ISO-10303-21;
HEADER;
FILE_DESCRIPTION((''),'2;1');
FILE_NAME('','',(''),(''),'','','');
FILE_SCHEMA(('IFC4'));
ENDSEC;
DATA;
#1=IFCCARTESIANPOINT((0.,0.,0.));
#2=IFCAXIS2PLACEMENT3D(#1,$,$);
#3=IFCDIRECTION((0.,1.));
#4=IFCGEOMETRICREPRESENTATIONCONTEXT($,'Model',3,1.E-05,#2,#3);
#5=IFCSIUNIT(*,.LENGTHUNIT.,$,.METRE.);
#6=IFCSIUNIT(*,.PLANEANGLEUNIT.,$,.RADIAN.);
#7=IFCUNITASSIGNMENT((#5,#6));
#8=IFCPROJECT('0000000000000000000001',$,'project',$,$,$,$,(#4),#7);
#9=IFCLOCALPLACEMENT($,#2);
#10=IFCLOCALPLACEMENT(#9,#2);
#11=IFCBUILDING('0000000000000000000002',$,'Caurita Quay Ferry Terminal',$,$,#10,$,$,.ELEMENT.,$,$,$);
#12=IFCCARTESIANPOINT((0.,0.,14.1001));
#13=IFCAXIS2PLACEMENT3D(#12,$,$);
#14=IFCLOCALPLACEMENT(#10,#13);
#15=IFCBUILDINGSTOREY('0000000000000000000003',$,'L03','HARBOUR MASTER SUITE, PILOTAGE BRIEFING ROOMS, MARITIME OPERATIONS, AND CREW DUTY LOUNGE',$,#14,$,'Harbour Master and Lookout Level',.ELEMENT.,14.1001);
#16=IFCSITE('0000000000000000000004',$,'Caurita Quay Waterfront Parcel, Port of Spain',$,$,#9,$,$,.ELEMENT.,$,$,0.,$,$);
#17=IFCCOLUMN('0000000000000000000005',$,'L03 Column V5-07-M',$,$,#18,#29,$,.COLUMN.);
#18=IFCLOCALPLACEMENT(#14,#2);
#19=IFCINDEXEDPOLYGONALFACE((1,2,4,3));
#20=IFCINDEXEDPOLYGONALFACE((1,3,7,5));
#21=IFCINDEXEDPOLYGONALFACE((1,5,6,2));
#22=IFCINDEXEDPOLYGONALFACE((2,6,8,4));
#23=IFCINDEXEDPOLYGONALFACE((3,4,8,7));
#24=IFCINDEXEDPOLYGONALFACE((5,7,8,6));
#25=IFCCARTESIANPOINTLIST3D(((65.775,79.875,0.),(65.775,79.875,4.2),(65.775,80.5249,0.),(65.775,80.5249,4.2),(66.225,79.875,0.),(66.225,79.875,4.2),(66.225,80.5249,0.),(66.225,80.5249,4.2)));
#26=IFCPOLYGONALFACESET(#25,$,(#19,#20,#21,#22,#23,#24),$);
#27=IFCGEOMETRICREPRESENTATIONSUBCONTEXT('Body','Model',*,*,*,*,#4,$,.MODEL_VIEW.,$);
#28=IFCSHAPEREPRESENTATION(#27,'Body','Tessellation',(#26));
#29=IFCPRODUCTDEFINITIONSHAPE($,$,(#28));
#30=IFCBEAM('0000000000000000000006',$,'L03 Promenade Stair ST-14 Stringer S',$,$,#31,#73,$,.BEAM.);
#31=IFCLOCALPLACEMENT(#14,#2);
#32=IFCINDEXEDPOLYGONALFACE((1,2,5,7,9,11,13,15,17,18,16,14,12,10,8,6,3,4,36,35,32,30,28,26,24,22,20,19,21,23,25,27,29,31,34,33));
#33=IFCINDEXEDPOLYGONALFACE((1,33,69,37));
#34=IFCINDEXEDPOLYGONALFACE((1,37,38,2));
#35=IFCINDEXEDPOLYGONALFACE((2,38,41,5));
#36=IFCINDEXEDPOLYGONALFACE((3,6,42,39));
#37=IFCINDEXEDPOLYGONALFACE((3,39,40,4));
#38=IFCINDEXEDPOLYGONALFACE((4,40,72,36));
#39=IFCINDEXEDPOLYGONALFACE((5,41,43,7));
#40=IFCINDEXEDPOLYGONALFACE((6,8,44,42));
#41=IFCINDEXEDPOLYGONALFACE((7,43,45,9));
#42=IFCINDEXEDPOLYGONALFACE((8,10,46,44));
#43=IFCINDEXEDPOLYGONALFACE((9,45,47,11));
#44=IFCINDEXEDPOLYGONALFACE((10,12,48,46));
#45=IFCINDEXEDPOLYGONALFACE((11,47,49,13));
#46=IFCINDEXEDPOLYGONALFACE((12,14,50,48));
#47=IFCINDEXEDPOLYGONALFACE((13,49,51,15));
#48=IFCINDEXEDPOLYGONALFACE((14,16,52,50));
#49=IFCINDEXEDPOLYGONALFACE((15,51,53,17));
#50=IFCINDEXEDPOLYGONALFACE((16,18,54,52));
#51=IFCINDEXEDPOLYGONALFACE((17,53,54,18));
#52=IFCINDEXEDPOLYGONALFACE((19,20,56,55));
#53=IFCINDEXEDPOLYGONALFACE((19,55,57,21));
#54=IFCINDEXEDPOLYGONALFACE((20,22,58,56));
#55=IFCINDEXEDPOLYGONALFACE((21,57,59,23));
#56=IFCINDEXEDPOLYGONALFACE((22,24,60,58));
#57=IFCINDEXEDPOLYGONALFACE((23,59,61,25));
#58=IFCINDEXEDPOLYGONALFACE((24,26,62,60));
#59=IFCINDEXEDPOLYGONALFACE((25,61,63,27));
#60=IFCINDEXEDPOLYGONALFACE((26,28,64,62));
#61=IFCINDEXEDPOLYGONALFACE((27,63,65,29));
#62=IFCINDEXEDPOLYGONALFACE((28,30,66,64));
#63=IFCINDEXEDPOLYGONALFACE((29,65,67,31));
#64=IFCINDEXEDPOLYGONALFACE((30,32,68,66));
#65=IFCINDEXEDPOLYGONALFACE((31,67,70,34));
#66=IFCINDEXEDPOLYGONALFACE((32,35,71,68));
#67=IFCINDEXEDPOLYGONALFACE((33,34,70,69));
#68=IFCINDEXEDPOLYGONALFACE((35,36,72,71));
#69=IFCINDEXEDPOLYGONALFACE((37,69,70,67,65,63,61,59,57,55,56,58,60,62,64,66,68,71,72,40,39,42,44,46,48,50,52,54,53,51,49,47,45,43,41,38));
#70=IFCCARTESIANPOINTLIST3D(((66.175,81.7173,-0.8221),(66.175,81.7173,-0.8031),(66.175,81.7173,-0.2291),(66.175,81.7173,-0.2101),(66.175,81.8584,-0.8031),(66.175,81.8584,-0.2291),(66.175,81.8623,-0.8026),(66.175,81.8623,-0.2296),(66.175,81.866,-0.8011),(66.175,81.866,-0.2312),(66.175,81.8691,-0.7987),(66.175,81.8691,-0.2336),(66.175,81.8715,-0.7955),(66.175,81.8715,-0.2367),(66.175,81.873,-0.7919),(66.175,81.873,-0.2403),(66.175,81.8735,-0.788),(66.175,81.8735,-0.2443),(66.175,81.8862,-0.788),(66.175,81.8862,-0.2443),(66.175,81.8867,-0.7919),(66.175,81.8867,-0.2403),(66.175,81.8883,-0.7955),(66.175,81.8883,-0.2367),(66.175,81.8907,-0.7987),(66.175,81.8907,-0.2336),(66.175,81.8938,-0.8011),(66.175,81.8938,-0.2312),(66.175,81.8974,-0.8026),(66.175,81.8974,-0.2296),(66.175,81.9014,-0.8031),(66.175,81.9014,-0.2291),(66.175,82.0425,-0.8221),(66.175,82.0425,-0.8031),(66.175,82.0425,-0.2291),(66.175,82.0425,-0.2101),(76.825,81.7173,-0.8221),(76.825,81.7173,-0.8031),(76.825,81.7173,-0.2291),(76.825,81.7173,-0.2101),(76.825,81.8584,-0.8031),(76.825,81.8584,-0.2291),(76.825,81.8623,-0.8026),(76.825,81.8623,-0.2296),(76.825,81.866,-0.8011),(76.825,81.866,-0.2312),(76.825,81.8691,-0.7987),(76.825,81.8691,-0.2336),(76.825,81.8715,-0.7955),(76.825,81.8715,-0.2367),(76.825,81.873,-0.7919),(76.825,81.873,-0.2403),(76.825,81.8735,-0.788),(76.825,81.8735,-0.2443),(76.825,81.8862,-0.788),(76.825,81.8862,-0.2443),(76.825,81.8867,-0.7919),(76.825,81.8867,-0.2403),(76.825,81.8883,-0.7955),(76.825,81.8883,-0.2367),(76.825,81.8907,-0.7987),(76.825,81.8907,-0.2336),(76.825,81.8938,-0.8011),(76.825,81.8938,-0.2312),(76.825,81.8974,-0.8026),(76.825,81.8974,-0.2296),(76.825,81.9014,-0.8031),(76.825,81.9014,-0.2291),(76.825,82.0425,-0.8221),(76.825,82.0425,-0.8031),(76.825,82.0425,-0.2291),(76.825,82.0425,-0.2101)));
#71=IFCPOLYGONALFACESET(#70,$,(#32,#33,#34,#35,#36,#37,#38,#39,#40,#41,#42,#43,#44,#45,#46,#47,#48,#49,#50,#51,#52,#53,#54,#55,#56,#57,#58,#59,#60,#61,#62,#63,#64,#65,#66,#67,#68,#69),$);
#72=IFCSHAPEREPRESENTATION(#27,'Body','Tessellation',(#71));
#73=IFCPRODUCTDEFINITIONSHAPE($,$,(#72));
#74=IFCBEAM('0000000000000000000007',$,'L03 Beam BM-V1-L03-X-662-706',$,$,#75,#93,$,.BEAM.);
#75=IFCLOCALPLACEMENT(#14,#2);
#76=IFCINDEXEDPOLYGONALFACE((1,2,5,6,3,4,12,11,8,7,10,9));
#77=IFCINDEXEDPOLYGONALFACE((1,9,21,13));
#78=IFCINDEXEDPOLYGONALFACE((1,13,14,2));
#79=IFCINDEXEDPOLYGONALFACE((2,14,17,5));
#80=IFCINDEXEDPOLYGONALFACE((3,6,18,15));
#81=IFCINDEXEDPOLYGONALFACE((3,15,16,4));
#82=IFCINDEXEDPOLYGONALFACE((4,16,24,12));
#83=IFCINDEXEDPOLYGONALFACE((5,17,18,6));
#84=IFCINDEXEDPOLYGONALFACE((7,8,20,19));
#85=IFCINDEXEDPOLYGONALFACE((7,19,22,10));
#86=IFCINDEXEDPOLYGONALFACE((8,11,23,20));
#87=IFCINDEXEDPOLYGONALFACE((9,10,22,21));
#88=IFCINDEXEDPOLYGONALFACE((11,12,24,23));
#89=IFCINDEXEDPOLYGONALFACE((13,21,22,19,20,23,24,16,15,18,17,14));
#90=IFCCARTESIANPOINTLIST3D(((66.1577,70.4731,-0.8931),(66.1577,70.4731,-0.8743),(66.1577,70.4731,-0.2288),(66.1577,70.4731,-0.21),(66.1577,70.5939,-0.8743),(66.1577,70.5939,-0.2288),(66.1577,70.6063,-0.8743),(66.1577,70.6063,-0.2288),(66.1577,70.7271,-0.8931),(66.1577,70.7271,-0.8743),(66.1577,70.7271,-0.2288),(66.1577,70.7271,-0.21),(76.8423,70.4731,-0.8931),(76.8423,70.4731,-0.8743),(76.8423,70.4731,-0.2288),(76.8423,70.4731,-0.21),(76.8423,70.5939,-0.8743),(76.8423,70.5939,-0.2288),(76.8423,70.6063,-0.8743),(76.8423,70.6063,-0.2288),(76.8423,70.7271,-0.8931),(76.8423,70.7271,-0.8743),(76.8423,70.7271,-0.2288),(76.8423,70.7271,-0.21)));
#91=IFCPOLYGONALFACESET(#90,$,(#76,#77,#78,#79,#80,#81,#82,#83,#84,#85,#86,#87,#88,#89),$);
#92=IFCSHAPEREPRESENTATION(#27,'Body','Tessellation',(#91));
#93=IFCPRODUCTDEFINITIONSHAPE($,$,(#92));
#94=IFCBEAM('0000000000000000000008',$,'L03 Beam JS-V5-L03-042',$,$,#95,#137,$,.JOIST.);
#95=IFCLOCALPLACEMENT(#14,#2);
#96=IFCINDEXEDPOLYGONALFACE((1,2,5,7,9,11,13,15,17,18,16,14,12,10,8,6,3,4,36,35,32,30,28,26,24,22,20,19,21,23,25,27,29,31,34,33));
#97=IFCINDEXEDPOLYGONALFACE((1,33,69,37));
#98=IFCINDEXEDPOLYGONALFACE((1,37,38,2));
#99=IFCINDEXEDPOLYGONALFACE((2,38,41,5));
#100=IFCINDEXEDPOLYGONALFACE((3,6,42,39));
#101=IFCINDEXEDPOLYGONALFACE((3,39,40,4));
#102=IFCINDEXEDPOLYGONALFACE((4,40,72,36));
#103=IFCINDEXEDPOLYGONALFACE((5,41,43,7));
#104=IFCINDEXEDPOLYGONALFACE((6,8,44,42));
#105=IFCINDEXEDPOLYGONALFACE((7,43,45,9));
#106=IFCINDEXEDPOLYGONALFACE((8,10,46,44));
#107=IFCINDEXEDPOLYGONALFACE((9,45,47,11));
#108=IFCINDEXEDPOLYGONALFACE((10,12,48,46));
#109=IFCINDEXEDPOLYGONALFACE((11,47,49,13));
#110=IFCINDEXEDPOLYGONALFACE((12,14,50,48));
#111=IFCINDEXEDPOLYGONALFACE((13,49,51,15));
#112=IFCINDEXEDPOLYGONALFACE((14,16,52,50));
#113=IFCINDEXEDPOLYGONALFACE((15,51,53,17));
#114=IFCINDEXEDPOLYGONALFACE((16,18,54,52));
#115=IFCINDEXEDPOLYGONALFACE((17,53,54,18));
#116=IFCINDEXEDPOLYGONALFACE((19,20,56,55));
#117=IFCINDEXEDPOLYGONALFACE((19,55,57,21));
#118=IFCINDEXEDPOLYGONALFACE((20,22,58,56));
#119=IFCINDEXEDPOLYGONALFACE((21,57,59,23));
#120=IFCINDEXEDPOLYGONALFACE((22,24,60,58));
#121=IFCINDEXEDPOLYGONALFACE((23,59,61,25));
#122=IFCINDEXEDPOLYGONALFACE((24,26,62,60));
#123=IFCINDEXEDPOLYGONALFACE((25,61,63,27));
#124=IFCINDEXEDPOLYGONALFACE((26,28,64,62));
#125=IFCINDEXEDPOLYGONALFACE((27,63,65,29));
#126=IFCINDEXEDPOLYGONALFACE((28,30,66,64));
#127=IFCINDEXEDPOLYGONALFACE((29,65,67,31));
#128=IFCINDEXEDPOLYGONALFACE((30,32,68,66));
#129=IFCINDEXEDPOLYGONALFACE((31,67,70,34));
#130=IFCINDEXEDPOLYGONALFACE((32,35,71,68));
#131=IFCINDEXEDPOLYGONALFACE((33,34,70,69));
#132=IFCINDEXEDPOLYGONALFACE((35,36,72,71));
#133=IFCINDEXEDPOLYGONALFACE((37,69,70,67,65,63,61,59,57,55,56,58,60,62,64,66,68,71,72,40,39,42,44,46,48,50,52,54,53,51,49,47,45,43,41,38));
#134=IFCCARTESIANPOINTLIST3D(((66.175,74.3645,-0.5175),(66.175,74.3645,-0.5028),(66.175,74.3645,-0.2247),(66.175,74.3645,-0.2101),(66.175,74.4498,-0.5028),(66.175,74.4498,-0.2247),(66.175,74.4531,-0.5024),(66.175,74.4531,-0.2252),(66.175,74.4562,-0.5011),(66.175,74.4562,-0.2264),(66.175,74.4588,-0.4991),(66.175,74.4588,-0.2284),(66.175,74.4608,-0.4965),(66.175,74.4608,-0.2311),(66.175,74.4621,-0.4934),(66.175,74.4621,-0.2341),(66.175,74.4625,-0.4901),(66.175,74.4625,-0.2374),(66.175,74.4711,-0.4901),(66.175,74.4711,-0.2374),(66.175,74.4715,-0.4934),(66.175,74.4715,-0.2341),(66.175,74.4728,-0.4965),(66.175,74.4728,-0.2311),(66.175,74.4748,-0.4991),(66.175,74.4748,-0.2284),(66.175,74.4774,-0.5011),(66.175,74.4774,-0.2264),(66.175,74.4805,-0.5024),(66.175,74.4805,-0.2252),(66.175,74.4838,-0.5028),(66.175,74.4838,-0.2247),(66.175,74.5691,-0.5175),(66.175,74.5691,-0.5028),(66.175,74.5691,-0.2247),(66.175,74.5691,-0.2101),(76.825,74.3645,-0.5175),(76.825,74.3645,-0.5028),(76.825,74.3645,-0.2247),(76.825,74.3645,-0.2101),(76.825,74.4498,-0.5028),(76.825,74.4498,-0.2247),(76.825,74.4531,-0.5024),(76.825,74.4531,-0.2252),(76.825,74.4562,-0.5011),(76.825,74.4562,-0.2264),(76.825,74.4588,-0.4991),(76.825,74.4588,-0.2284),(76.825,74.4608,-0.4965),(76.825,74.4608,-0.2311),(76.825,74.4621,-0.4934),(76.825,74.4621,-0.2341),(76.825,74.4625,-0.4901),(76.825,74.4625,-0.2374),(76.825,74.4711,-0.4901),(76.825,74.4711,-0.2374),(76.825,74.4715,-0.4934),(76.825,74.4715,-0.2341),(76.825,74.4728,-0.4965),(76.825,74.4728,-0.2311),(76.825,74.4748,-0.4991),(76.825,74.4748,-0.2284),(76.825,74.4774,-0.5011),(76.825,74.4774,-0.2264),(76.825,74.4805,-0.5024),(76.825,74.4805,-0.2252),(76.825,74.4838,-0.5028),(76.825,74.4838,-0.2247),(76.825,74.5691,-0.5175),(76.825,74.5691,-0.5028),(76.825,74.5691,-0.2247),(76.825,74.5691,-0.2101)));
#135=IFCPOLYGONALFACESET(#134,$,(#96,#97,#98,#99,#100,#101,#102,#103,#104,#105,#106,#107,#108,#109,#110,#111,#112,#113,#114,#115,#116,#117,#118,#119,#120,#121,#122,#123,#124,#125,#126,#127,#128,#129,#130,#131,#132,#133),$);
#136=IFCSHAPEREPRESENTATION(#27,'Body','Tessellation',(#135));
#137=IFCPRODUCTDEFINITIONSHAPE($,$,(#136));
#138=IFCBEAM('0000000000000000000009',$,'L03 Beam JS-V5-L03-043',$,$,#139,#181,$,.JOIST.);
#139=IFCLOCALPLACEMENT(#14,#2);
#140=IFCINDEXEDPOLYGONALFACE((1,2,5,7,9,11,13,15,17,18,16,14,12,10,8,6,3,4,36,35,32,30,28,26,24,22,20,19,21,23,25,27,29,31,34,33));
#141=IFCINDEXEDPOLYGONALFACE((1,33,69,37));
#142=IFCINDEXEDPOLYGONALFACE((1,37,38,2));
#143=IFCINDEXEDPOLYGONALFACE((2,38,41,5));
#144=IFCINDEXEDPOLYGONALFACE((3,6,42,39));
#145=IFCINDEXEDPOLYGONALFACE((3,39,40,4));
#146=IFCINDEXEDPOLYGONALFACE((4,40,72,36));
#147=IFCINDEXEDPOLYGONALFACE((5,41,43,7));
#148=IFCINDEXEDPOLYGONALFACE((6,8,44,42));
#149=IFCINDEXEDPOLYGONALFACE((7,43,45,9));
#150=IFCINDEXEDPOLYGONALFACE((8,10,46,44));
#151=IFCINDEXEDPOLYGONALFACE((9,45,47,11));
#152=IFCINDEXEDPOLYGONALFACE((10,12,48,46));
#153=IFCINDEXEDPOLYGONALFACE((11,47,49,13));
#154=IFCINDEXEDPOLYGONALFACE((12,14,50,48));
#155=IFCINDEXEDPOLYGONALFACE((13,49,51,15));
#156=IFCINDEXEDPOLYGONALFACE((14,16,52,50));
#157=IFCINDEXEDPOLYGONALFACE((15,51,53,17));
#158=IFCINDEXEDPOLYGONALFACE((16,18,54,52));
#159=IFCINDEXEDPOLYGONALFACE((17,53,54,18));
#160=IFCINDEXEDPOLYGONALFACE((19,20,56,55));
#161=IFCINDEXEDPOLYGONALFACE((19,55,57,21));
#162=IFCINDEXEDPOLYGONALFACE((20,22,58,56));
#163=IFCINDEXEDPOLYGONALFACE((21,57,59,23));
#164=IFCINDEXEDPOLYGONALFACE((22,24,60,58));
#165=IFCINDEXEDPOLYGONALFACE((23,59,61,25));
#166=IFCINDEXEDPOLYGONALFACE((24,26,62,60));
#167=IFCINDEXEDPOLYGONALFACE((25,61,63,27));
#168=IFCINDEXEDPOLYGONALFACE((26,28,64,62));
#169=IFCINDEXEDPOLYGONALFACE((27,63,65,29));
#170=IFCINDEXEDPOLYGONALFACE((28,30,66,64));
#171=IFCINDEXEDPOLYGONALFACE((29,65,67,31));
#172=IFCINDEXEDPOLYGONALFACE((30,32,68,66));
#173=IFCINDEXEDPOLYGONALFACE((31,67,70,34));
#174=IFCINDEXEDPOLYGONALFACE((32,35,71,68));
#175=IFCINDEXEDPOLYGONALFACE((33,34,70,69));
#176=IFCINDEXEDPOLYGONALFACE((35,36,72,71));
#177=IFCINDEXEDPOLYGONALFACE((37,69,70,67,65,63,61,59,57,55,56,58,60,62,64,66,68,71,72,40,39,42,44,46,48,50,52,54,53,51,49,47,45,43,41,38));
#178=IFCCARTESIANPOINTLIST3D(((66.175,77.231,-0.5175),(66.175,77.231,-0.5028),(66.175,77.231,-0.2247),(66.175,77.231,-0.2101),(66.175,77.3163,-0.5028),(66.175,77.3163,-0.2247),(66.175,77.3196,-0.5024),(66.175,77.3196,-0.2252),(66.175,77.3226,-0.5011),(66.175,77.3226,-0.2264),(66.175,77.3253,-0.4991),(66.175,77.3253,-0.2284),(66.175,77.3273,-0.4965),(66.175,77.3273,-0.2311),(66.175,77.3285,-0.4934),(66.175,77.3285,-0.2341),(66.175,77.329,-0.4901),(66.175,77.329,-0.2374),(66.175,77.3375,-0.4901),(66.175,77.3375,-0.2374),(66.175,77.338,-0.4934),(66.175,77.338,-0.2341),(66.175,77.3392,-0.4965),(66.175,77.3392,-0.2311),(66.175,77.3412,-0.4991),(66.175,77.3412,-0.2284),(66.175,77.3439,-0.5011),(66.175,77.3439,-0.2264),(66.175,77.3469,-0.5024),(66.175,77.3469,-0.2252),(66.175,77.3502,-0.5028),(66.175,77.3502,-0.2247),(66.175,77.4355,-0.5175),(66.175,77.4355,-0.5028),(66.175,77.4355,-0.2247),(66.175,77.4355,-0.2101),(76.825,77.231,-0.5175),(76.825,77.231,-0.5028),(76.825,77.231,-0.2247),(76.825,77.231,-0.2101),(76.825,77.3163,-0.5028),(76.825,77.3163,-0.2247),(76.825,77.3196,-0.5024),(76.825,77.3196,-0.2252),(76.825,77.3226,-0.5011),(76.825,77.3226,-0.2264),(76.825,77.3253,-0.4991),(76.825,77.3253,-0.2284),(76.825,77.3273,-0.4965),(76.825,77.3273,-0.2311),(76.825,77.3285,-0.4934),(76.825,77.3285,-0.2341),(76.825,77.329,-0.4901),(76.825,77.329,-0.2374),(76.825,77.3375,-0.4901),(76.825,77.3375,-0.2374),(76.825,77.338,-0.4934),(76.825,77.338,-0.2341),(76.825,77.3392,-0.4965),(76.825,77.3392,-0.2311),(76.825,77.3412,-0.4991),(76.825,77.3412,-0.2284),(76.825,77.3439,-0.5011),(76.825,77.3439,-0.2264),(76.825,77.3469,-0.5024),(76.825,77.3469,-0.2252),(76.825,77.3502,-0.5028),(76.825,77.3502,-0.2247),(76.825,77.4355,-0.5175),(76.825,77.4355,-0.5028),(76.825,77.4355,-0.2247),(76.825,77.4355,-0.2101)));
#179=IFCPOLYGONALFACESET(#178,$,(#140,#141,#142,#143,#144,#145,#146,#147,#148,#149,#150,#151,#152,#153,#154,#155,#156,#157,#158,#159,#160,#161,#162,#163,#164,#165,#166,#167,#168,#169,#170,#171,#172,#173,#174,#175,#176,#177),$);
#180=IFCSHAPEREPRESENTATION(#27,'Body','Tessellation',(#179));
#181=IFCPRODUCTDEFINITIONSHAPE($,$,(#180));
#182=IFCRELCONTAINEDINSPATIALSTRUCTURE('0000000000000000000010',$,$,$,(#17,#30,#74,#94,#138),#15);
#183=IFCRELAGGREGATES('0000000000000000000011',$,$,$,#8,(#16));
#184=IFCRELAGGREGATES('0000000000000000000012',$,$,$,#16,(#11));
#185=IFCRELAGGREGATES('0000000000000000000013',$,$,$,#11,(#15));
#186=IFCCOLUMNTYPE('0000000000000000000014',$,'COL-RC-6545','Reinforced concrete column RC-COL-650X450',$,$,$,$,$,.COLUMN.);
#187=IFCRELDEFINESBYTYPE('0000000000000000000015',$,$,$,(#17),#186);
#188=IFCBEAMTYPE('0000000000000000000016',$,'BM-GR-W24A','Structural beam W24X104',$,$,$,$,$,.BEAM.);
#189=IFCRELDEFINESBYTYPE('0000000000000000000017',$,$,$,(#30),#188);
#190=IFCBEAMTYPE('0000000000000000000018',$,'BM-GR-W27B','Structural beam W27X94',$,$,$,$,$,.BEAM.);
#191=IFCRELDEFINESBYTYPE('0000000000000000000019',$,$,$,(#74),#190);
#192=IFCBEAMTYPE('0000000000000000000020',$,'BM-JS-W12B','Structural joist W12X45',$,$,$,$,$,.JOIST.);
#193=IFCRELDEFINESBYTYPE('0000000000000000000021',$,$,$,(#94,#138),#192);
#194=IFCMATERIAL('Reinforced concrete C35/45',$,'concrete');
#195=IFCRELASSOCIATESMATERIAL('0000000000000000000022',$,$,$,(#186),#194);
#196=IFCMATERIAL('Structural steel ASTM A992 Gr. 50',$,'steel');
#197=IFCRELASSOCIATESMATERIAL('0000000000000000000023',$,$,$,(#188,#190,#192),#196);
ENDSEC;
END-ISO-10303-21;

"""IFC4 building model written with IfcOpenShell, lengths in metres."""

from ifc_helpers import new_model, si_unit, direction, frame, origin, origin_2d, place, context, subcontext, project, spatial, rectangle, i_section, extrude, material, material_profile, profile_set, type_object, element, save


model = new_model("IFC4")

# Units and contexts
model_context = context("Model", 3, precision=1e-05, world=origin(), true_north=direction((0.0, 1.0)))
body_context = subcontext(model_context, "Body", "Model", "MODEL_VIEW")
ifc_project = project(units=[si_unit("LENGTHUNIT", "METRE"), si_unit("PLANEANGLEUNIT", "RADIAN")], contexts=[model_context])

# Site, building, storey
site_placement = place(None, origin())
site = spatial("IfcSite", under=ifc_project, at=site_placement, Name="Caurita Quay Waterfront Parcel, Port of Spain", CompositionType="ELEMENT", RefElevation=0.0)
building_placement = place(site_placement, origin())
building = spatial("IfcBuilding", under=site, at=building_placement, Name="Caurita Quay Ferry Terminal", CompositionType="ELEMENT")
storey_placement = place(building_placement, frame((0.0, 0.0, 14.1001)))
storey = spatial("IfcBuildingStorey", under=building, at=storey_placement, Name="L03", Description="HARBOUR MASTER SUITE, PILOTAGE BRIEFING ROOMS, MARITIME OPERATIONS, AND CREW DUTY LOUNGE", LongName="Harbour Master and Lookout Level", CompositionType="ELEMENT", Elevation=14.1001)

# Column
ifc_material_1 = material(Name="Reinforced concrete C35/45", Category="concrete")
ifc_material_profile_1 = material_profile(ifc_material_1, rectangle(XDim=0.45, YDim=0.6499, at=origin_2d()), Name="RC-COL-650X450")
ifc_profile_set_1 = profile_set([ifc_material_profile_1], Name="Reinforced concrete C35/45")
column_type = type_object("IfcColumnType", Name="COL-RC-6545", Description="Reinforced concrete column RC-COL-650X450", PredefinedType="COLUMN", material=ifc_profile_set_1)
column_placement = place(storey_placement, frame((66.0, 80.2, 0.0), z_axis=(0.0, 0.0, 1.0), x_axis=(1.0, 0.0, 0.0)))
element("IfcColumn", 1, at=column_placement, inside=storey, type_object=column_type, Name="L03 Column V5-07-M", PredefinedType="COLUMN", context=body_context, shape_type="SweptSolid", body=[
    extrude(rectangle(XDim=0.45, YDim=0.6499, at=origin_2d()), origin(), (0.0, 0.0, 1.0), 4.2),
])

# Beams
ifc_material_2 = material(Name="Structural steel ASTM A992 Gr. 50", Category="steel")
ifc_material_profile_2 = material_profile(ifc_material_2, i_section(OverallWidth=0.3252, OverallDepth=0.6121, WebThickness=0.0127, FlangeThickness=0.019, FilletRadius=0.0151, at=origin_2d()), Name="W24X104")
ifc_profile_set_2 = profile_set([ifc_material_profile_2], Name="Structural steel ASTM A992 Gr. 50")
beam_type_1 = type_object("IfcBeamType", Name="BM-GR-W24A", Description="Structural beam W24X104", PredefinedType="BEAM", material=ifc_profile_set_2)
beam_1_placement = place(storey_placement, frame((66.175, 81.8799, -0.5161), z_axis=(1.0, 0.0, 0.0), x_axis=(0.0, 1.0, 0.0)))
element("IfcBeam", 2, at=beam_1_placement, inside=storey, type_object=beam_type_1, Name="L03 Promenade Stair ST-14 Stringer S", PredefinedType="BEAM", context=body_context, shape_type="SweptSolid", body=[
    extrude(i_section(OverallWidth=0.3252, OverallDepth=0.6121, WebThickness=0.0127, FlangeThickness=0.019, FilletRadius=0.0151, at=origin_2d()), origin(), (0.0, 0.0, 1.0), 10.6499),
])
ifc_material_profile_3 = material_profile(ifc_material_2, i_section(OverallWidth=0.2539, OverallDepth=0.6831, WebThickness=0.0125, FlangeThickness=0.0188, at=origin_2d()), Name="W27X94")
ifc_profile_set_3 = profile_set([ifc_material_profile_3], Name="Structural steel ASTM A992 Gr. 50")
beam_type_2 = type_object("IfcBeamType", Name="BM-GR-W27B", Description="Structural beam W27X94", PredefinedType="BEAM", material=ifc_profile_set_3)
beam_2_placement = place(storey_placement, frame((66.1577, 70.6001, -0.5515), z_axis=(1.0, 0.0, 0.0), x_axis=(0.0, 1.0, 0.0)))
element("IfcBeam", 3, at=beam_2_placement, inside=storey, type_object=beam_type_2, Name="L03 Beam BM-V1-L03-X-662-706", PredefinedType="BEAM", context=body_context, shape_type="SweptSolid", body=[
    extrude(i_section(OverallWidth=0.2539, OverallDepth=0.6831, WebThickness=0.0125, FlangeThickness=0.0188, at=origin_2d()), origin(), (0.0, 0.0, 1.0), 10.6846),
])
ifc_material_profile_4 = material_profile(ifc_material_2, i_section(OverallWidth=0.2046, OverallDepth=0.3074, WebThickness=0.0085, FlangeThickness=0.0146, FilletRadius=0.0127, at=origin_2d()), Name="W12X45")
ifc_profile_set_4 = profile_set([ifc_material_profile_4], Name="Structural steel ASTM A992 Gr. 50")
beam_type_3 = type_object("IfcBeamType", Name="BM-JS-W12B", Description="Structural joist W12X45", PredefinedType="JOIST", material=ifc_profile_set_4)
for number, where, z_axis, x_axis, name in (
    (4, (66.175, 74.4668, -0.3638), (1.0, 0.0, 0.0), (0.0, 1.0, 0.0), "L03 Beam JS-V5-L03-042"),
    (5, (66.175, 77.3333, -0.3638), (1.0, 0.0, 0.0), (0.0, 1.0, 0.0), "L03 Beam JS-V5-L03-043"),
):
    element("IfcBeam", number, at=place(storey_placement, frame(where, z_axis=z_axis, x_axis=x_axis)), inside=storey, type_object=beam_type_3, Name=name, PredefinedType="JOIST", context=body_context, shape_type="SweptSolid", body=[
        extrude(i_section(OverallWidth=0.2046, OverallDepth=0.3074, WebThickness=0.0085, FlangeThickness=0.0146, FilletRadius=0.0127, at=origin_2d()), origin(), (0.0, 0.0, 1.0), 10.6499),
    ])

save(model, "model.ifc")
